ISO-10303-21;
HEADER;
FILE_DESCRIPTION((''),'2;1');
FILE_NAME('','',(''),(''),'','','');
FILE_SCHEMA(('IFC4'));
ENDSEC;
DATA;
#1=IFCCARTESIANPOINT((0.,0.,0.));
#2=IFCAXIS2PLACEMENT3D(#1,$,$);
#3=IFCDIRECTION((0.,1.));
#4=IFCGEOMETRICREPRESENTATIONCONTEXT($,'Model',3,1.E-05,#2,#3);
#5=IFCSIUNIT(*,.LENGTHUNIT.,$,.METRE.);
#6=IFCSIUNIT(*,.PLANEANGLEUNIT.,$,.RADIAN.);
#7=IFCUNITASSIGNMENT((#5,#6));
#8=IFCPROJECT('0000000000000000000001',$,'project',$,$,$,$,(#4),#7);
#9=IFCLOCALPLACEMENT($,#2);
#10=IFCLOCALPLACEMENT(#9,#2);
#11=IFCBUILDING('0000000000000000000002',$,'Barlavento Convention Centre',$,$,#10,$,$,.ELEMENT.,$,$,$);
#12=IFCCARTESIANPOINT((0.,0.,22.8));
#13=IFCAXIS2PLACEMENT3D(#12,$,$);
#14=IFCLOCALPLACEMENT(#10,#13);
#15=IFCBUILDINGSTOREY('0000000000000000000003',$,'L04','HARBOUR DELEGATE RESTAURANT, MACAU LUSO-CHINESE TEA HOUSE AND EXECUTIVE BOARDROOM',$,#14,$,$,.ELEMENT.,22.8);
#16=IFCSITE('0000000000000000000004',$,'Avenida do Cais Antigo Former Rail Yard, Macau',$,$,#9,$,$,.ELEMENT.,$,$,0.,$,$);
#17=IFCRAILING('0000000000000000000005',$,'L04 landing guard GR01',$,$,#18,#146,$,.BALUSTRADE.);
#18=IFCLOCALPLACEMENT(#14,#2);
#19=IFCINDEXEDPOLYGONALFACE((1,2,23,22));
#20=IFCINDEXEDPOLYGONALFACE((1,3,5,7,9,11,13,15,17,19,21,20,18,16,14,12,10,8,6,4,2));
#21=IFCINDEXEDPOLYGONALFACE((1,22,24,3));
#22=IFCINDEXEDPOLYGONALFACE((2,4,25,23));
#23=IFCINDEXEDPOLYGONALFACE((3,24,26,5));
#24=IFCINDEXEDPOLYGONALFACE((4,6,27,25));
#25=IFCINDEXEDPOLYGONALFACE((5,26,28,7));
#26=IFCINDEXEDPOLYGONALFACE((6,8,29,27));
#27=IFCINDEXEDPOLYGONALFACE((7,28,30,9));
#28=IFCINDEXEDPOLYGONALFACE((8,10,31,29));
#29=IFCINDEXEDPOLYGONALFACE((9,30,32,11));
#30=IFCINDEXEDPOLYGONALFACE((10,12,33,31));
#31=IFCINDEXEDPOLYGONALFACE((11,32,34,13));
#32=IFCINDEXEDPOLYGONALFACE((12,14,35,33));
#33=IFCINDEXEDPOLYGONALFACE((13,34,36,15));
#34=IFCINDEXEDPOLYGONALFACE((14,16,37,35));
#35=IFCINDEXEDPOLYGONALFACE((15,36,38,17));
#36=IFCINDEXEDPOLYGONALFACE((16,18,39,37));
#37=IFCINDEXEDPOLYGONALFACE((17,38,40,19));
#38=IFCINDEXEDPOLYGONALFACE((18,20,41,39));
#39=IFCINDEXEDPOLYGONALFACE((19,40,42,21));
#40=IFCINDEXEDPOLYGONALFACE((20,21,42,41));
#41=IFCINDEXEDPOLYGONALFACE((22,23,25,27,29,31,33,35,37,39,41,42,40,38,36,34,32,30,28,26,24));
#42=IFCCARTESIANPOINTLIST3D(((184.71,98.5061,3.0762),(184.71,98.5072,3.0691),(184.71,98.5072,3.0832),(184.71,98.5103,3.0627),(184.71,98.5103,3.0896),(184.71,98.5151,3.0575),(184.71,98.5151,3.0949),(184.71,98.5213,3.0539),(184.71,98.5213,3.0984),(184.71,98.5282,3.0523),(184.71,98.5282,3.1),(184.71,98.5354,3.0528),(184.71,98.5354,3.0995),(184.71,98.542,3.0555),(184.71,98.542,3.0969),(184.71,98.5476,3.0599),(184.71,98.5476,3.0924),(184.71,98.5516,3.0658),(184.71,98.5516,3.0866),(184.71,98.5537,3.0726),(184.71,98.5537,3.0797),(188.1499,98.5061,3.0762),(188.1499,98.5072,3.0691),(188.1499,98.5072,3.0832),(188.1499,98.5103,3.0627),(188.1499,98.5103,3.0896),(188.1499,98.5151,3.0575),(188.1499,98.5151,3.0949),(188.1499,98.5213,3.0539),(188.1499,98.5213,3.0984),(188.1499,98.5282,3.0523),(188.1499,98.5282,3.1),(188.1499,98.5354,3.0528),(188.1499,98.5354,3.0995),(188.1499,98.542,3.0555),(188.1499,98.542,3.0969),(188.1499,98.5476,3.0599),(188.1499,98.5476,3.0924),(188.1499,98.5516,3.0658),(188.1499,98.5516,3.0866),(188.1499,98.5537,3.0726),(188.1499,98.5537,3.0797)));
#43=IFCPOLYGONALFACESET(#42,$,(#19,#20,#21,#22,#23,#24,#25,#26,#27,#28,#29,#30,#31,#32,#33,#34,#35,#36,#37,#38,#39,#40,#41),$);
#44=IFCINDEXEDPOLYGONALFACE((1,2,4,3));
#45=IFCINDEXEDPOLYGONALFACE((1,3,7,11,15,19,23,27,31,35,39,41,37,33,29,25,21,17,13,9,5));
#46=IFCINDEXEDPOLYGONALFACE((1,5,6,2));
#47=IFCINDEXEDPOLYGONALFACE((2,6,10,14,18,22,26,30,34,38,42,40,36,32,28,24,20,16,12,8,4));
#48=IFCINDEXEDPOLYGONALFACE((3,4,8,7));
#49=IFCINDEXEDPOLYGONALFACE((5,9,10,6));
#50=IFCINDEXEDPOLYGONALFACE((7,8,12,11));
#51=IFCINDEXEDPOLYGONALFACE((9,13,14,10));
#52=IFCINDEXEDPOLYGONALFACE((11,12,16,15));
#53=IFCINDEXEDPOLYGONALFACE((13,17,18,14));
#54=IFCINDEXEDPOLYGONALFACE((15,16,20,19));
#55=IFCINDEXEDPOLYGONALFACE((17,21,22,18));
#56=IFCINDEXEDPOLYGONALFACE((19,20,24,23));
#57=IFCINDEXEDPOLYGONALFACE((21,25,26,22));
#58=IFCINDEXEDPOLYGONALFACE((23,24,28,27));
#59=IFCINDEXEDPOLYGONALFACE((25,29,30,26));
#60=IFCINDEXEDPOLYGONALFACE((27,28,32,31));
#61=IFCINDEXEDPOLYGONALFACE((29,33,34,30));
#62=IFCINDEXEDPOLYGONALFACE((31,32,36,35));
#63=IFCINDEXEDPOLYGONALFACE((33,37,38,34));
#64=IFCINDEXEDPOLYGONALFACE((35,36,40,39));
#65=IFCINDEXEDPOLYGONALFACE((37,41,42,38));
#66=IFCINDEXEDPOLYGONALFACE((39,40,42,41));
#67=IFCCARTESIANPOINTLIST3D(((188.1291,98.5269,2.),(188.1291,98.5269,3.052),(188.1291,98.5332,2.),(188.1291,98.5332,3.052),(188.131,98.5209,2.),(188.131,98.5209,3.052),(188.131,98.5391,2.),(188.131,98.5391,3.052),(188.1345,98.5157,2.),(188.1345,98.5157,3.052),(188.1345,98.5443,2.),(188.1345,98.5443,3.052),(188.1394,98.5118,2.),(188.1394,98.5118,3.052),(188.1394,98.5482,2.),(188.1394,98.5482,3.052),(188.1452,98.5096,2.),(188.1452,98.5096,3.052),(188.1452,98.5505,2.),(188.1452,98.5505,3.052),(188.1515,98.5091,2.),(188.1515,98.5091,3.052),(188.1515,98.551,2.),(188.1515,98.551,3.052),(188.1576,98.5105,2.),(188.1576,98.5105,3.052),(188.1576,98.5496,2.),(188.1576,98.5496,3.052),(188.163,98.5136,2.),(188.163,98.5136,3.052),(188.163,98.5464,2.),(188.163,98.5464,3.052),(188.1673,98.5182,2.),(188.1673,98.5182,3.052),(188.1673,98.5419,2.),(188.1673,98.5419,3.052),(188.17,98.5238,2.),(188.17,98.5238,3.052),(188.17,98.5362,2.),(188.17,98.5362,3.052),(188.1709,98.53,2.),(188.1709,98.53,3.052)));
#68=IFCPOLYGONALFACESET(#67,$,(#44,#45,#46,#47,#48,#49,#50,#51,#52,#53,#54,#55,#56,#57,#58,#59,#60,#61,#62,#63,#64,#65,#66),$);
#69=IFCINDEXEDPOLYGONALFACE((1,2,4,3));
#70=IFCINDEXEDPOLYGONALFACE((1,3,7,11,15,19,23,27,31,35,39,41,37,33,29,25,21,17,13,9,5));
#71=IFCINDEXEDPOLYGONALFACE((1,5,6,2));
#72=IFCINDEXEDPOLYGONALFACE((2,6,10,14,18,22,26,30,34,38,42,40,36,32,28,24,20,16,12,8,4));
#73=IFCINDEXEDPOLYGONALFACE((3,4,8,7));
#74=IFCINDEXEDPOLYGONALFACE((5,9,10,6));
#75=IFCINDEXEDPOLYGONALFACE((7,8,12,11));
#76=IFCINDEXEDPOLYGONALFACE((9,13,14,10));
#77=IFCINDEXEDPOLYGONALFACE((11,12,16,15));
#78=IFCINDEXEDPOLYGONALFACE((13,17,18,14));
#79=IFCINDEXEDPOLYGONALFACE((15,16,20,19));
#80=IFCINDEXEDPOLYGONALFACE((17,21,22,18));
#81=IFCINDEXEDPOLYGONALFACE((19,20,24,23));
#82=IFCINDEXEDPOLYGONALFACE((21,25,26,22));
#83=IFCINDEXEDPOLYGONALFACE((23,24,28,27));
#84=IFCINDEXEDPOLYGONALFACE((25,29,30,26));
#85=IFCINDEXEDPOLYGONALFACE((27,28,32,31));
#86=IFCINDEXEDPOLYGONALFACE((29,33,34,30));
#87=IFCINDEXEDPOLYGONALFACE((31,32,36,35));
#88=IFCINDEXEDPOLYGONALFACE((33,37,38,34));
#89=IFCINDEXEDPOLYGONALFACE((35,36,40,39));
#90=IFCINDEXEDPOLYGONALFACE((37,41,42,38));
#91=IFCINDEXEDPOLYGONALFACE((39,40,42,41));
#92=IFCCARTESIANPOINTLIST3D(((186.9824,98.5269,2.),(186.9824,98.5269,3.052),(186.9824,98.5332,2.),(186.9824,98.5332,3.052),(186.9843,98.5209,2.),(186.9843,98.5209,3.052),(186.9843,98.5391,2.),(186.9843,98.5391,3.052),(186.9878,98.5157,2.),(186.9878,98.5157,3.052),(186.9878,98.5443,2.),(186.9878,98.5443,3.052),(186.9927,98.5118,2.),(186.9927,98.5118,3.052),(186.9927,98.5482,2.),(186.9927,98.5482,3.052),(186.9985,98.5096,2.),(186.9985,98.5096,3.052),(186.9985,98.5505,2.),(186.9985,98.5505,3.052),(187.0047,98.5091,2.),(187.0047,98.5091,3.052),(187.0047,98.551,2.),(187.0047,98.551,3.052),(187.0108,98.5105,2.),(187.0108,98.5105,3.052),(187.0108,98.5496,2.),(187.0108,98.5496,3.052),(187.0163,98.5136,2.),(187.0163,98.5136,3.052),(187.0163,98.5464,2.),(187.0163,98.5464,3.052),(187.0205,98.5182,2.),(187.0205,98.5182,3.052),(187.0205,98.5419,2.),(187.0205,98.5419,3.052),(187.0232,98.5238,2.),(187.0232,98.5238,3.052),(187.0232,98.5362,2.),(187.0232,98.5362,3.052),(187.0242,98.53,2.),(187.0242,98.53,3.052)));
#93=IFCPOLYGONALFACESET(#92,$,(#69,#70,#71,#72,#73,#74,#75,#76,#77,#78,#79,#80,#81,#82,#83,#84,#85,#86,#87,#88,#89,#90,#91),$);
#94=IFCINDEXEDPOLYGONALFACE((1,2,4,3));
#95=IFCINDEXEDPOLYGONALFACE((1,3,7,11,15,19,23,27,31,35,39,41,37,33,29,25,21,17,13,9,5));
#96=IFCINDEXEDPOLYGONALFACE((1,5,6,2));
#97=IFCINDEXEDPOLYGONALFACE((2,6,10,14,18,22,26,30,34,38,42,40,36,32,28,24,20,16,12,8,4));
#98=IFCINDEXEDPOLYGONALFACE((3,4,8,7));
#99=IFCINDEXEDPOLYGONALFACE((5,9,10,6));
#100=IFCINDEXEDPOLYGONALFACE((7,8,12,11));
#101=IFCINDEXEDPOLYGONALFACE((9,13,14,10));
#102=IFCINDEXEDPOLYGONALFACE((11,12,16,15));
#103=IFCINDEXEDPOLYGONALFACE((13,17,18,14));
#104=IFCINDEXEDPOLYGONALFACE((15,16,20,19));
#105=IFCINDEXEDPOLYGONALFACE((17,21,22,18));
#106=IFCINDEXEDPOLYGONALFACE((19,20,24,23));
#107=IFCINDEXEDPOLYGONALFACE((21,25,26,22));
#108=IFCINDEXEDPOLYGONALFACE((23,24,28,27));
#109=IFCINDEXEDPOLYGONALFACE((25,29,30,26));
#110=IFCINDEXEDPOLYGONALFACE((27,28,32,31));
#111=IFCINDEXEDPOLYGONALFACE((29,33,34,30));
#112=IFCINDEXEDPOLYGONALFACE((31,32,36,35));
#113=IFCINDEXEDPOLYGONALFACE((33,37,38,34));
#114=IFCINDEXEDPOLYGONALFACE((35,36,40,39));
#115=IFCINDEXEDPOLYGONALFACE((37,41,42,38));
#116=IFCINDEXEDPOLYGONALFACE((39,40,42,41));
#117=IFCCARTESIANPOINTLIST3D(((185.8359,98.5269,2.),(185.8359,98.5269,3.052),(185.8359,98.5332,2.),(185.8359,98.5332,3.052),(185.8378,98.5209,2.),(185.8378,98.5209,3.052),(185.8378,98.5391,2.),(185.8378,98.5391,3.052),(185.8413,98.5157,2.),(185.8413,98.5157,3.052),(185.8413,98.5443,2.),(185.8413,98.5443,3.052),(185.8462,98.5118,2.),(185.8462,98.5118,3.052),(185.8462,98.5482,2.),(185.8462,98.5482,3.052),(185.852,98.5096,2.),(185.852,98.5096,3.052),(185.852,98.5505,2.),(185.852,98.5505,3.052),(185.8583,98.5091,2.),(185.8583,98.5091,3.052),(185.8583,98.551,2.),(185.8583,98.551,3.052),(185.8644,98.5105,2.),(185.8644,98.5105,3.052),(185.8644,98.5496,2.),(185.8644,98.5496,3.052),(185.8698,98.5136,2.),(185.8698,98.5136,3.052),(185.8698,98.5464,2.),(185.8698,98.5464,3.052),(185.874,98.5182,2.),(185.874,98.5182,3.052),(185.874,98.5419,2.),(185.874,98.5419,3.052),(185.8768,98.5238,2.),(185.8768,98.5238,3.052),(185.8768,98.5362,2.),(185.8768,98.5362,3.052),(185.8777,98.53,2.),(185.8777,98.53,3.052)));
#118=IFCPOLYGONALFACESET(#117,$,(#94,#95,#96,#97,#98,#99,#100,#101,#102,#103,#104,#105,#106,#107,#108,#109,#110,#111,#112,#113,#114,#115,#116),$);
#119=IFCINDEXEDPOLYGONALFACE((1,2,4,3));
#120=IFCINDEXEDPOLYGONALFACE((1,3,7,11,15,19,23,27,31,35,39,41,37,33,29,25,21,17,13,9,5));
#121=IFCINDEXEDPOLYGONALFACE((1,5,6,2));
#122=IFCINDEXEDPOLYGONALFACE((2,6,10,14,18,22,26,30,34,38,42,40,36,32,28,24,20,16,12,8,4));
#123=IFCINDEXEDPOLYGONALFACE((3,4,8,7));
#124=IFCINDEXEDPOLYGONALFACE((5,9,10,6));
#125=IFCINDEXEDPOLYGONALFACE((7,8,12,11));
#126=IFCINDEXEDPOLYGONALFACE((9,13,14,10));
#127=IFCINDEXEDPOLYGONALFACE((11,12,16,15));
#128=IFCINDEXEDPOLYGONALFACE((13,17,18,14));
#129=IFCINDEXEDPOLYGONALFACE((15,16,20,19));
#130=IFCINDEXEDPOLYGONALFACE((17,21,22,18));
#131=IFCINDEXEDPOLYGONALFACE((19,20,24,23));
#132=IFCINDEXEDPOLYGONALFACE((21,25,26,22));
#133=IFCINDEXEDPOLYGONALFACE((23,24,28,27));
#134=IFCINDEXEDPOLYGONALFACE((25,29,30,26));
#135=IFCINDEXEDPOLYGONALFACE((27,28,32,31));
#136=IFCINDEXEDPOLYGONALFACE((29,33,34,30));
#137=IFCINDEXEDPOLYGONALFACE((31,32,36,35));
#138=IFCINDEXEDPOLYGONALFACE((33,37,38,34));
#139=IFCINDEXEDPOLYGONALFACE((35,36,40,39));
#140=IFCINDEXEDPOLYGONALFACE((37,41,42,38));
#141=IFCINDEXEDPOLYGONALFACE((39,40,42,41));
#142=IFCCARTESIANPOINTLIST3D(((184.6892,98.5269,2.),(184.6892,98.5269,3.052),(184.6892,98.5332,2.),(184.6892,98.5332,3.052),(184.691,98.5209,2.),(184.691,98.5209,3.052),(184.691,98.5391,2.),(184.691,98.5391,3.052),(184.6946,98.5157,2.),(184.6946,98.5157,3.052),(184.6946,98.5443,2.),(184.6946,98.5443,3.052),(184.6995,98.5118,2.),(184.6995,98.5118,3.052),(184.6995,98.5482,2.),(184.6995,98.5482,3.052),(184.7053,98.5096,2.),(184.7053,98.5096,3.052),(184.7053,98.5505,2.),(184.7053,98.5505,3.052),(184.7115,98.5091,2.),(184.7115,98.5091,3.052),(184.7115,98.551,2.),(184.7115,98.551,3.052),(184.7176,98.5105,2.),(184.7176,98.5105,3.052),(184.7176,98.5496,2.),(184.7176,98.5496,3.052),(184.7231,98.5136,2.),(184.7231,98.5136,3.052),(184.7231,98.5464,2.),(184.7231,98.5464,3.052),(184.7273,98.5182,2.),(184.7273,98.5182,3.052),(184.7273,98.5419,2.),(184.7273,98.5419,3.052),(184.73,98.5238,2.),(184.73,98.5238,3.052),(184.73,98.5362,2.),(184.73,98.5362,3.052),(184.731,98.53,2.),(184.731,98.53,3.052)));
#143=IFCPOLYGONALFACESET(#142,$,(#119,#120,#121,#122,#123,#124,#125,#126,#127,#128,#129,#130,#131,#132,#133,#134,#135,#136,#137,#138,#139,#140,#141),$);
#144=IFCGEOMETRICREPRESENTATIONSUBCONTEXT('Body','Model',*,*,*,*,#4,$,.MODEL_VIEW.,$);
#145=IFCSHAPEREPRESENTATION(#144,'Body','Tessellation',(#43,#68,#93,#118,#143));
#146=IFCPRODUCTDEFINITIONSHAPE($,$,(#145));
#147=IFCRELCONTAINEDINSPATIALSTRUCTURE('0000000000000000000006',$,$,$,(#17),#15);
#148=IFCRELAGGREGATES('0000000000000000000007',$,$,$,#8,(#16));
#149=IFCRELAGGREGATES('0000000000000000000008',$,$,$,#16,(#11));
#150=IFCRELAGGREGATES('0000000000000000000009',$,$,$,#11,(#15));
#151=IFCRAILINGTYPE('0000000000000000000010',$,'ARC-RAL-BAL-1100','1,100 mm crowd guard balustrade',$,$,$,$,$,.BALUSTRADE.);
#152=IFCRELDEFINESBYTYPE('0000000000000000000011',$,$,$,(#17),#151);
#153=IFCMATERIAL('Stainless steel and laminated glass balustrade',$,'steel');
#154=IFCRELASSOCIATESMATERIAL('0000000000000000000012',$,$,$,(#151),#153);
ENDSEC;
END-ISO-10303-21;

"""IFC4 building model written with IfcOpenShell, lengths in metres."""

from ifc_helpers import new_model, si_unit, direction, frame, origin, origin_2d, place, context, subcontext, project, spatial, circle, extrude, material, type_object, element, save


model = new_model("IFC4")

# Units and contexts
model_context = context("Model", 3, precision=1e-05, world=origin(), true_north=direction((0.0, 1.0)))
body_context = subcontext(model_context, "Body", "Model", "MODEL_VIEW")
ifc_project = project(units=[si_unit("LENGTHUNIT", "METRE"), si_unit("PLANEANGLEUNIT", "RADIAN")], contexts=[model_context])

# Site, building, storey
site_placement = place(None, origin())
site = spatial("IfcSite", under=ifc_project, at=site_placement, Name="Avenida do Cais Antigo Former Rail Yard, Macau", CompositionType="ELEMENT", RefElevation=0.0)
building_placement = place(site_placement, origin())
building = spatial("IfcBuilding", under=site, at=building_placement, Name="Barlavento Convention Centre", CompositionType="ELEMENT")
storey_placement = place(building_placement, frame((0.0, 0.0, 22.8)))
storey = spatial("IfcBuildingStorey", under=building, at=storey_placement, Name="L04", Description="HARBOUR DELEGATE RESTAURANT, MACAU LUSO-CHINESE TEA HOUSE AND EXECUTIVE BOARDROOM", CompositionType="ELEMENT", Elevation=22.8)

# Railing
ifc_material_1 = material(Name="Stainless steel and laminated glass balustrade", Category="steel")
railing_type = type_object("IfcRailingType", Name="ARC-RAL-BAL-1100", Description="1,100 mm crowd guard balustrade", PredefinedType="BALUSTRADE", material=ifc_material_1)
for number, where, name in (
    (1, (188.1499, 98.53, 2.0), "L04 landing guard GR01"),
):
    element("IfcRailing", number, at=place(storey_placement, frame(where)), inside=storey, type_object=railing_type, Name=name, PredefinedType="BALUSTRADE", context=body_context, shape_type="SweptSolid", body=[
        extrude(circle(Radius=0.0239, at=origin_2d()), frame((0.0, 0.0, 1.0762), z_axis=(-1.0, 0.0, 0.0), x_axis=(0.0, -1.0, 0.0)), (0.0, 0.0, 1.0), 3.4399),
        extrude(circle(Radius=0.021, at=origin_2d()), origin(), (0.0, 0.0, 1.0), 1.052),
        extrude(circle(Radius=0.021, at=origin_2d()), frame((-1.1467, 0.0, 0.0)), (0.0, 0.0, 1.0), 1.052),
        extrude(circle(Radius=0.021, at=origin_2d()), frame((-2.2932, 0.0, 0.0)), (0.0, 0.0, 1.0), 1.052),
        extrude(circle(Radius=0.021, at=origin_2d()), frame((-3.4399, 0.0, 0.0)), (0.0, 0.0, 1.0), 1.052),
    ])

save(model, "model.ifc")
